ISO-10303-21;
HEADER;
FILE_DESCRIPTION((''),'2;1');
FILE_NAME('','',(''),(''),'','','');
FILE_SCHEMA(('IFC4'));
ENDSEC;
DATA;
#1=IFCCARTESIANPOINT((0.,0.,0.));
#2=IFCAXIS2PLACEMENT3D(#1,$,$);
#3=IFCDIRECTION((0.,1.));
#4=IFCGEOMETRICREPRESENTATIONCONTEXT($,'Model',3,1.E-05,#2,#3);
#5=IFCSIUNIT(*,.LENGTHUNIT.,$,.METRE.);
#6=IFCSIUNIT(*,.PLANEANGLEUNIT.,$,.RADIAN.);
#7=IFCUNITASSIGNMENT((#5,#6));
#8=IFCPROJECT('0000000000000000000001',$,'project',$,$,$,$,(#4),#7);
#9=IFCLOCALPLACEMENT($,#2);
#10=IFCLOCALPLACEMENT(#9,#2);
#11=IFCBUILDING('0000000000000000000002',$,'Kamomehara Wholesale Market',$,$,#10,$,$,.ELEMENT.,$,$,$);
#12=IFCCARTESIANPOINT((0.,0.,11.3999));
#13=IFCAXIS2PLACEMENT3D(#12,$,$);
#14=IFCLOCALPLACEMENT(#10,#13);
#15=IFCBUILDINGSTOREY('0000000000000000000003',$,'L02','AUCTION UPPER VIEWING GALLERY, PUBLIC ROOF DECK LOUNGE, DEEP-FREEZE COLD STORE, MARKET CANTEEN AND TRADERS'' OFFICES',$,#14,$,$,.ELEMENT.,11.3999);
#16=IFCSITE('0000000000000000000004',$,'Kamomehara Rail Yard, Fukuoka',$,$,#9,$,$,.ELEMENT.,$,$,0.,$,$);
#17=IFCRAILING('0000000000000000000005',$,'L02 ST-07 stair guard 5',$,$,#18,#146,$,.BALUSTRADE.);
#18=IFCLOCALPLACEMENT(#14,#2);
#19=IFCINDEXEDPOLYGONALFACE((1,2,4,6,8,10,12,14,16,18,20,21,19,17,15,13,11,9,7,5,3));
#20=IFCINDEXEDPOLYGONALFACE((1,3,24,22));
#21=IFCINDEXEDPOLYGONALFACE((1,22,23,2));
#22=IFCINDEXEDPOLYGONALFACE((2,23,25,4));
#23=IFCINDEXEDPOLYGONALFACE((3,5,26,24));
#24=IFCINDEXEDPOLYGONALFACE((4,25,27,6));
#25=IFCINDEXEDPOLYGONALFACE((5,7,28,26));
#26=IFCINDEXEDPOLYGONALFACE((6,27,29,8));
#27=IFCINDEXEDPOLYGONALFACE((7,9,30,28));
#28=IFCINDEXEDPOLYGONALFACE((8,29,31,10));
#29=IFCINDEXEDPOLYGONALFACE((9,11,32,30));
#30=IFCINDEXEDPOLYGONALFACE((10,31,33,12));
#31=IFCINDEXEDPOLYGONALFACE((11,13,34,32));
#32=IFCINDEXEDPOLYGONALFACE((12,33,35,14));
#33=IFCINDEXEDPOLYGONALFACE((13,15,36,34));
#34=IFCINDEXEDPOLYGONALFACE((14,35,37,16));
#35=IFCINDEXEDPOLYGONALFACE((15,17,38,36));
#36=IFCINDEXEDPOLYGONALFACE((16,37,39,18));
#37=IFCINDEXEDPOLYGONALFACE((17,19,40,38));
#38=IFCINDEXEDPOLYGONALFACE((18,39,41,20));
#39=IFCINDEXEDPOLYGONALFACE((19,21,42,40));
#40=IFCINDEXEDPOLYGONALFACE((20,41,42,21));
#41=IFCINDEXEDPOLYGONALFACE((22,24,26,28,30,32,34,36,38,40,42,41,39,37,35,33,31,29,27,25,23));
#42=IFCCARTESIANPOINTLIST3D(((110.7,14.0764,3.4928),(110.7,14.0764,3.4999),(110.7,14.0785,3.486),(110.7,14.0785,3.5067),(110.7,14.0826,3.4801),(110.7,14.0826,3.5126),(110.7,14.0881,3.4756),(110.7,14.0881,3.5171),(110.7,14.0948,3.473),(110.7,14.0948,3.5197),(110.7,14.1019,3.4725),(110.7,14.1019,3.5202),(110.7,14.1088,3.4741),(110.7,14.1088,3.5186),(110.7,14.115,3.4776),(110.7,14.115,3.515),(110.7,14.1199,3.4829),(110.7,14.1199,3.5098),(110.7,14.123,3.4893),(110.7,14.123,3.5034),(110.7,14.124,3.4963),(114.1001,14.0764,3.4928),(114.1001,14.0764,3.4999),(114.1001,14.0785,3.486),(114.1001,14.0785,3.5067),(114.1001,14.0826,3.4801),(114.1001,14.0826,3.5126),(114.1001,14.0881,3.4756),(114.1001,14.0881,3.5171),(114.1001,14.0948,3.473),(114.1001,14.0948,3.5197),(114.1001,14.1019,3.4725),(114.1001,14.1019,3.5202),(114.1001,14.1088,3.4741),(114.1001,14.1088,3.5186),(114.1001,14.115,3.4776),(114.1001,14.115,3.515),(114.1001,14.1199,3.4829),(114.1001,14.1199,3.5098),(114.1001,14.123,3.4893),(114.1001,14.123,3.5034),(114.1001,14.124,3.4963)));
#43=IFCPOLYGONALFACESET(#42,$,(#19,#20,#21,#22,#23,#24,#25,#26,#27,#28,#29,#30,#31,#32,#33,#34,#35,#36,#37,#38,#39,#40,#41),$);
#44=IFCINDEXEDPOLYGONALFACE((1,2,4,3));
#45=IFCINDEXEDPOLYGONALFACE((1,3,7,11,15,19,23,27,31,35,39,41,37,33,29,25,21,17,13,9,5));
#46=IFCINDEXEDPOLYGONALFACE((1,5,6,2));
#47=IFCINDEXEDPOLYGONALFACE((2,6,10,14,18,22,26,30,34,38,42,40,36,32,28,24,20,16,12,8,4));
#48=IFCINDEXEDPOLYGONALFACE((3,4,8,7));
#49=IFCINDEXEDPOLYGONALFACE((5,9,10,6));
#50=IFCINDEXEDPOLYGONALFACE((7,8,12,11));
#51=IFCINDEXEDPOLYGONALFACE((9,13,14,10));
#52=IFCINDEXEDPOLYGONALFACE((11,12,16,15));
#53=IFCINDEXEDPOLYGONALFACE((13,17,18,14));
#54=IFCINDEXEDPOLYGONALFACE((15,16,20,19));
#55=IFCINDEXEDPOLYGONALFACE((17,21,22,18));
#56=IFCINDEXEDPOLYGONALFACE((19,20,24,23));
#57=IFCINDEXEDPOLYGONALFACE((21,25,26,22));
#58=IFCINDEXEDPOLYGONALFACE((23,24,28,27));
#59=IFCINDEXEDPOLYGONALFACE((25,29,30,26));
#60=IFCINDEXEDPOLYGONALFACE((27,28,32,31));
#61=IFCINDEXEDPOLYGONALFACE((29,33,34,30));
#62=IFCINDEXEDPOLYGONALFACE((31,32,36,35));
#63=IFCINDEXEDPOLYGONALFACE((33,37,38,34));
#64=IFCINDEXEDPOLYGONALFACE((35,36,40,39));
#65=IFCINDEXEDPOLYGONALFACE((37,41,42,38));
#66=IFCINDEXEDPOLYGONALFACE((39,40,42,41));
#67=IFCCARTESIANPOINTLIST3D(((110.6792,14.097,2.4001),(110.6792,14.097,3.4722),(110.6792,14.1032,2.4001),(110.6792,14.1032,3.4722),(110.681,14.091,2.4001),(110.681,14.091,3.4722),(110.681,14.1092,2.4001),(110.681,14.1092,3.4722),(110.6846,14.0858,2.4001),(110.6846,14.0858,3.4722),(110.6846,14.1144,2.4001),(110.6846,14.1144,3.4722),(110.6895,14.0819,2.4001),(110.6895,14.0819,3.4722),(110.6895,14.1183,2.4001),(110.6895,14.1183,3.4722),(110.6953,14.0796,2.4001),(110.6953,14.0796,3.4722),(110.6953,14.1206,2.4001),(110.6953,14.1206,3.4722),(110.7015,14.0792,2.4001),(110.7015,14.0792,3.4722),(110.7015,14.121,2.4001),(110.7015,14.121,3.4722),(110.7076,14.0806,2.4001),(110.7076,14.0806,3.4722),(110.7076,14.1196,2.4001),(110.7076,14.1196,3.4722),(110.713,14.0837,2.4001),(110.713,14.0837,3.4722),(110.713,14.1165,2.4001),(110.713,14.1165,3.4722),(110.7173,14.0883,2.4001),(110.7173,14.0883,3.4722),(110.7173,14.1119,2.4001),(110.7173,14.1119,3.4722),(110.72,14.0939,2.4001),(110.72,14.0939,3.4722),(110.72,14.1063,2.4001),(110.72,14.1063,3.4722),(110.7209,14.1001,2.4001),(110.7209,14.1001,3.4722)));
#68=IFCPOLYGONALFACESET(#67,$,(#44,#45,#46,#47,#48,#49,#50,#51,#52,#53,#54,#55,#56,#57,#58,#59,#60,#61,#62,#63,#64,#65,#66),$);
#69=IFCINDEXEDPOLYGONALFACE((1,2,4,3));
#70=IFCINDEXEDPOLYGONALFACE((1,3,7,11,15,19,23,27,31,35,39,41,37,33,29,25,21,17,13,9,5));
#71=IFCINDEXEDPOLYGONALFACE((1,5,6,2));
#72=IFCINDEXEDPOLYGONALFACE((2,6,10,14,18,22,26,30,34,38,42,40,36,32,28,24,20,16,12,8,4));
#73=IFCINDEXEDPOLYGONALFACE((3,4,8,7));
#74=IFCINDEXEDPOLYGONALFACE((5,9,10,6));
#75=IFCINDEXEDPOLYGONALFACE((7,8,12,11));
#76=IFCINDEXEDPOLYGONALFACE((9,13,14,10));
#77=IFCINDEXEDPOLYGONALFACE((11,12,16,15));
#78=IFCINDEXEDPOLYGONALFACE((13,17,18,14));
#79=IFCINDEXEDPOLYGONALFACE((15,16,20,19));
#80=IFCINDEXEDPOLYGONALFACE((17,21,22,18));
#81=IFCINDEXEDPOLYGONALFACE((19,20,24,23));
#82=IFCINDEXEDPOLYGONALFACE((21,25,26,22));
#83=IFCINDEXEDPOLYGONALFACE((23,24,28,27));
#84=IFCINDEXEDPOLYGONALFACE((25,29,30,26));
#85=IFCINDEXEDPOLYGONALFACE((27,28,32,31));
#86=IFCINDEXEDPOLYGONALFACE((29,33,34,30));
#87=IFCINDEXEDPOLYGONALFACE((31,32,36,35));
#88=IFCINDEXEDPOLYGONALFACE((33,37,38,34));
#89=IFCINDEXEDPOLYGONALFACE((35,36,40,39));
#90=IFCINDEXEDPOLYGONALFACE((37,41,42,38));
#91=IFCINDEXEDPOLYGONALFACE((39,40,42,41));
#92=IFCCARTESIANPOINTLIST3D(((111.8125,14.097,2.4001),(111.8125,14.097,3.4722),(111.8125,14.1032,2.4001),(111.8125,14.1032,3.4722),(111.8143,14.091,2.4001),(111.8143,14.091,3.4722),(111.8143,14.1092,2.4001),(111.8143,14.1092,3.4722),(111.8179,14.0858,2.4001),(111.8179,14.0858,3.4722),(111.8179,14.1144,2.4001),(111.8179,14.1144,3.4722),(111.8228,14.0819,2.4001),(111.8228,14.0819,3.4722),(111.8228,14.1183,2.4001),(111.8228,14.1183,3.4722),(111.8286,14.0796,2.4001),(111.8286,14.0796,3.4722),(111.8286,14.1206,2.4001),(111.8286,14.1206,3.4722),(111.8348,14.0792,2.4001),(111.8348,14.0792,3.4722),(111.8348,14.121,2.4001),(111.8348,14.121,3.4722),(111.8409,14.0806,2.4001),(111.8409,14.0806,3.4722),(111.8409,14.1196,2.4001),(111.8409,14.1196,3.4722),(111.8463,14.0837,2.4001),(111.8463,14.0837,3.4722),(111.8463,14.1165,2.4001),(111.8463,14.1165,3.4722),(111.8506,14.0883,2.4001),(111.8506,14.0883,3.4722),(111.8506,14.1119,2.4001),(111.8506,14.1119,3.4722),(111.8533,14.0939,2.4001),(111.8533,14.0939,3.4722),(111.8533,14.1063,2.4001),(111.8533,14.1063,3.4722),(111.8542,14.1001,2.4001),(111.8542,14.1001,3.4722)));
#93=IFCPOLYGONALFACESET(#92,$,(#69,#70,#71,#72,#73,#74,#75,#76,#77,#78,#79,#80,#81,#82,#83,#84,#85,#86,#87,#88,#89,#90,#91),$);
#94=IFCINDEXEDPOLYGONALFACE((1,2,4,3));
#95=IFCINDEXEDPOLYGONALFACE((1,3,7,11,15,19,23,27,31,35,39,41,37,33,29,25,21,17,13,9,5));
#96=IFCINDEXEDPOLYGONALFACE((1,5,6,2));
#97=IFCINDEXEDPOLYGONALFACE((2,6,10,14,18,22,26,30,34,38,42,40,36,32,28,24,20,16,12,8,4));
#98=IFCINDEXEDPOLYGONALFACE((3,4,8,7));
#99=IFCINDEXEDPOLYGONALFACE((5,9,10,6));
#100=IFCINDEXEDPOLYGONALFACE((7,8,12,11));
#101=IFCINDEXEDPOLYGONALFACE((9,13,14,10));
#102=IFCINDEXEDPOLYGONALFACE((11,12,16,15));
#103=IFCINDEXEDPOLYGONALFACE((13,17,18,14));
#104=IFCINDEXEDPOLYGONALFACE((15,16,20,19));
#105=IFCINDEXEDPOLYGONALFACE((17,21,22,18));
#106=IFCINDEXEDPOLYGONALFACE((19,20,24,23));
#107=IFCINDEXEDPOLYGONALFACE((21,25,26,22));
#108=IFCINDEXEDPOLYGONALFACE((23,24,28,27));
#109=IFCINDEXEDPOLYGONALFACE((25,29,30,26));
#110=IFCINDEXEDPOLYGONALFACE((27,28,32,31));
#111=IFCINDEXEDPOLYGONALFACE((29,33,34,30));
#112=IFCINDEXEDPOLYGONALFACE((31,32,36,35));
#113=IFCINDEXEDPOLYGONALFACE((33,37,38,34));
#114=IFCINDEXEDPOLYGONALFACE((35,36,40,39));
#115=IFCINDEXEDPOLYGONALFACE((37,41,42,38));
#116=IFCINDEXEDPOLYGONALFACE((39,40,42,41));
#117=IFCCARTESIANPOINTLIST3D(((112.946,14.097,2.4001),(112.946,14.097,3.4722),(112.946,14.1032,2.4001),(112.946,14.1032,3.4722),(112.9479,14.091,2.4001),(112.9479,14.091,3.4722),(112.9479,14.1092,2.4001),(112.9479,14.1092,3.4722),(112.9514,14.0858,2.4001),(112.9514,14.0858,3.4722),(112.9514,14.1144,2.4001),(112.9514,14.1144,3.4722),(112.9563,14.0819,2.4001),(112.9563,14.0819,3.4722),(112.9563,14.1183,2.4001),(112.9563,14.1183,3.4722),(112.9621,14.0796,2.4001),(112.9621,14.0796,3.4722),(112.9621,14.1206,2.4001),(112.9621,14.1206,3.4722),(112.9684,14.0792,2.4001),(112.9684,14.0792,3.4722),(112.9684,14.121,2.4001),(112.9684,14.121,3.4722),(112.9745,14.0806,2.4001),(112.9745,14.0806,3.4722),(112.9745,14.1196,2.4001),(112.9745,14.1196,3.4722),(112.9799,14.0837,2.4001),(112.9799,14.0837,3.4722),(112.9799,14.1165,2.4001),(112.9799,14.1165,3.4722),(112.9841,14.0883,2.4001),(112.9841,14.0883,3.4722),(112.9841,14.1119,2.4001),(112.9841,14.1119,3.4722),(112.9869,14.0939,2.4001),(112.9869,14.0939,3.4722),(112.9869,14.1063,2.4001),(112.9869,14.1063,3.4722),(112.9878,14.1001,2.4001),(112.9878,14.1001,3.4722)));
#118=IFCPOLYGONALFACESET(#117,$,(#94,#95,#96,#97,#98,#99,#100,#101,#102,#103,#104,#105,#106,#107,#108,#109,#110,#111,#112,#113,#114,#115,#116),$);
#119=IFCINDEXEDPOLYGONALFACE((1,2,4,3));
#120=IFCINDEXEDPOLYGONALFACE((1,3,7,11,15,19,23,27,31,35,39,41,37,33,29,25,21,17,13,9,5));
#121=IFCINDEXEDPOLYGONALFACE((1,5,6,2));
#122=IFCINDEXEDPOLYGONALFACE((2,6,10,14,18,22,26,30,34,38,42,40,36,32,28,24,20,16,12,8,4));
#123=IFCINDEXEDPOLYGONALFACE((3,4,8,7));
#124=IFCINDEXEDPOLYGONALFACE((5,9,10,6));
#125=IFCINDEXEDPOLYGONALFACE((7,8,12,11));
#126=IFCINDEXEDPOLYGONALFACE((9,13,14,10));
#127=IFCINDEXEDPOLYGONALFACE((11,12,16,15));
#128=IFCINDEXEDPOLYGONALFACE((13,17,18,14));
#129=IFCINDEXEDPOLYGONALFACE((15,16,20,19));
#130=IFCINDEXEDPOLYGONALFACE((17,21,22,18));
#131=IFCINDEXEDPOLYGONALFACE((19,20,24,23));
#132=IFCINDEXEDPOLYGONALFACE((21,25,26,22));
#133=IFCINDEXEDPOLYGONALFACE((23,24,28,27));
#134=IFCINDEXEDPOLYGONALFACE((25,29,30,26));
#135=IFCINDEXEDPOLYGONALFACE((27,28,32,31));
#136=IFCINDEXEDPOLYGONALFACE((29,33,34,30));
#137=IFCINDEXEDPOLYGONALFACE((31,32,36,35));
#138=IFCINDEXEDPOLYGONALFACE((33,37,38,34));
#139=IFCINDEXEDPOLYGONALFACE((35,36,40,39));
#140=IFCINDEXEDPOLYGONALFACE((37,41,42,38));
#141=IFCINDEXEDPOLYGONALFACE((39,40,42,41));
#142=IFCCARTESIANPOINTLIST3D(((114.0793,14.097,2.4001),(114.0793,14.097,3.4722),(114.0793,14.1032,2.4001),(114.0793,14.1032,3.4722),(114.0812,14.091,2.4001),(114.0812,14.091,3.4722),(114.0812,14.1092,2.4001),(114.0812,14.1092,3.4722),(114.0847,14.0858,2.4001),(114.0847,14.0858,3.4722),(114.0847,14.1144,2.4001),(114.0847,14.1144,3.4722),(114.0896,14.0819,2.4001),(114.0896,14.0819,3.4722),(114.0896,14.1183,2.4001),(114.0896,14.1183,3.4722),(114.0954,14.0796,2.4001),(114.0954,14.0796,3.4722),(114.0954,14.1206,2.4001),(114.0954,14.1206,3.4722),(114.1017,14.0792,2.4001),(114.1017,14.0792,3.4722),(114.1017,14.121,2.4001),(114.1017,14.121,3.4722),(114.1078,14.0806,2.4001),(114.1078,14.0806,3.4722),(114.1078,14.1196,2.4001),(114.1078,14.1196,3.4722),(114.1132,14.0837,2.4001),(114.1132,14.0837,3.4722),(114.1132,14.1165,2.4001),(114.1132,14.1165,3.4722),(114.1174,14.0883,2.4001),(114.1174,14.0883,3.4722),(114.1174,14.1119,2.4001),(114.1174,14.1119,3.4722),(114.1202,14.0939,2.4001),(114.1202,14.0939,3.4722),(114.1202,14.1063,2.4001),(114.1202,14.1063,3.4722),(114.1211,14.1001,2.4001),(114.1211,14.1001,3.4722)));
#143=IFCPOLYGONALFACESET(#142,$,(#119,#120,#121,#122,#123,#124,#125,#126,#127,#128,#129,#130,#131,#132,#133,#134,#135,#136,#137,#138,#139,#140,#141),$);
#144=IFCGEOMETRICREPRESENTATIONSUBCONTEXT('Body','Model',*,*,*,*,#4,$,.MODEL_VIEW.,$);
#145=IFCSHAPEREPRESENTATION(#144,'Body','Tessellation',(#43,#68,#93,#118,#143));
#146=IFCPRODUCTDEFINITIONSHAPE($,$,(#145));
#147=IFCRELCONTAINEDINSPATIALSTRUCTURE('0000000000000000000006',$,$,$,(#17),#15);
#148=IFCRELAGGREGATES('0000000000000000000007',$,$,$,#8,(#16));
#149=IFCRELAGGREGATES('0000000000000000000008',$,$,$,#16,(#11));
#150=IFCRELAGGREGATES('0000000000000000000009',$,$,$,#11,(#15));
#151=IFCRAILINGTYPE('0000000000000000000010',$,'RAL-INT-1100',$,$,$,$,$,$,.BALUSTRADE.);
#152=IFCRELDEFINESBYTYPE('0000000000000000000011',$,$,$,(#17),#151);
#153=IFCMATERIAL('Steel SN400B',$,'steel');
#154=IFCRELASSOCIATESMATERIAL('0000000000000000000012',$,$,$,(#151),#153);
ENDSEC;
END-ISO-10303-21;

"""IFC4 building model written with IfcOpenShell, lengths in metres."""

from ifc_helpers import new_model, si_unit, direction, frame, origin, origin_2d, place, context, subcontext, project, spatial, circle, extrude, material, type_object, element, save


model = new_model("IFC4")

# Units and contexts
model_context = context("Model", 3, precision=1e-05, world=origin(), true_north=direction((0.0, 1.0)))
body_context = subcontext(model_context, "Body", "Model", "MODEL_VIEW")
ifc_project = project(units=[si_unit("LENGTHUNIT", "METRE"), si_unit("PLANEANGLEUNIT", "RADIAN")], contexts=[model_context])

# Site, building, storey
site_placement = place(None, origin())
site = spatial("IfcSite", under=ifc_project, at=site_placement, Name="Kamomehara Rail Yard, Fukuoka", CompositionType="ELEMENT", RefElevation=0.0)
building_placement = place(site_placement, origin())
building = spatial("IfcBuilding", under=site, at=building_placement, Name="Kamomehara Wholesale Market", CompositionType="ELEMENT")
storey_placement = place(building_placement, frame((0.0, 0.0, 11.3999)))
storey = spatial("IfcBuildingStorey", under=building, at=storey_placement, Name="L02", Description="AUCTION UPPER VIEWING GALLERY, PUBLIC ROOF DECK LOUNGE, DEEP-FREEZE COLD STORE, MARKET CANTEEN AND TRADERS' OFFICES", CompositionType="ELEMENT", Elevation=11.3999)

# Railing
ifc_material_1 = material(Name="Steel SN400B", Category="steel")
railing_type_1 = type_object("IfcRailingType", Name="RAL-INT-1100", PredefinedType="BALUSTRADE", material=ifc_material_1)
railing_1_placement = place(storey_placement, frame((110.7, 14.1001, 2.4001)))
element("IfcRailing", 1, at=railing_1_placement, inside=storey, type_object=railing_type_1, Name="L02 ST-07 stair guard 5", PredefinedType="BALUSTRADE", context=body_context, shape_type="SweptSolid", body=[
    extrude(circle(Radius=0.0239, at=origin_2d()), frame((0.0, 0.0, 1.0962), z_axis=(1.0, 0.0, 0.0), x_axis=(0.0, 1.0, 0.0)), (0.0, 0.0, 1.0), 3.4001),
    extrude(circle(Radius=0.021, at=origin_2d()), origin(), (0.0, 0.0, 1.0), 1.072),
    extrude(circle(Radius=0.021, at=origin_2d()), frame((1.1333, 0.0, 0.0)), (0.0, 0.0, 1.0), 1.072),
    extrude(circle(Radius=0.021, at=origin_2d()), frame((2.2668, 0.0, 0.0)), (0.0, 0.0, 1.0), 1.072),
    extrude(circle(Radius=0.021, at=origin_2d()), frame((3.4001, 0.0, 0.0)), (0.0, 0.0, 1.0), 1.072),
])

save(model, "model.ifc")
